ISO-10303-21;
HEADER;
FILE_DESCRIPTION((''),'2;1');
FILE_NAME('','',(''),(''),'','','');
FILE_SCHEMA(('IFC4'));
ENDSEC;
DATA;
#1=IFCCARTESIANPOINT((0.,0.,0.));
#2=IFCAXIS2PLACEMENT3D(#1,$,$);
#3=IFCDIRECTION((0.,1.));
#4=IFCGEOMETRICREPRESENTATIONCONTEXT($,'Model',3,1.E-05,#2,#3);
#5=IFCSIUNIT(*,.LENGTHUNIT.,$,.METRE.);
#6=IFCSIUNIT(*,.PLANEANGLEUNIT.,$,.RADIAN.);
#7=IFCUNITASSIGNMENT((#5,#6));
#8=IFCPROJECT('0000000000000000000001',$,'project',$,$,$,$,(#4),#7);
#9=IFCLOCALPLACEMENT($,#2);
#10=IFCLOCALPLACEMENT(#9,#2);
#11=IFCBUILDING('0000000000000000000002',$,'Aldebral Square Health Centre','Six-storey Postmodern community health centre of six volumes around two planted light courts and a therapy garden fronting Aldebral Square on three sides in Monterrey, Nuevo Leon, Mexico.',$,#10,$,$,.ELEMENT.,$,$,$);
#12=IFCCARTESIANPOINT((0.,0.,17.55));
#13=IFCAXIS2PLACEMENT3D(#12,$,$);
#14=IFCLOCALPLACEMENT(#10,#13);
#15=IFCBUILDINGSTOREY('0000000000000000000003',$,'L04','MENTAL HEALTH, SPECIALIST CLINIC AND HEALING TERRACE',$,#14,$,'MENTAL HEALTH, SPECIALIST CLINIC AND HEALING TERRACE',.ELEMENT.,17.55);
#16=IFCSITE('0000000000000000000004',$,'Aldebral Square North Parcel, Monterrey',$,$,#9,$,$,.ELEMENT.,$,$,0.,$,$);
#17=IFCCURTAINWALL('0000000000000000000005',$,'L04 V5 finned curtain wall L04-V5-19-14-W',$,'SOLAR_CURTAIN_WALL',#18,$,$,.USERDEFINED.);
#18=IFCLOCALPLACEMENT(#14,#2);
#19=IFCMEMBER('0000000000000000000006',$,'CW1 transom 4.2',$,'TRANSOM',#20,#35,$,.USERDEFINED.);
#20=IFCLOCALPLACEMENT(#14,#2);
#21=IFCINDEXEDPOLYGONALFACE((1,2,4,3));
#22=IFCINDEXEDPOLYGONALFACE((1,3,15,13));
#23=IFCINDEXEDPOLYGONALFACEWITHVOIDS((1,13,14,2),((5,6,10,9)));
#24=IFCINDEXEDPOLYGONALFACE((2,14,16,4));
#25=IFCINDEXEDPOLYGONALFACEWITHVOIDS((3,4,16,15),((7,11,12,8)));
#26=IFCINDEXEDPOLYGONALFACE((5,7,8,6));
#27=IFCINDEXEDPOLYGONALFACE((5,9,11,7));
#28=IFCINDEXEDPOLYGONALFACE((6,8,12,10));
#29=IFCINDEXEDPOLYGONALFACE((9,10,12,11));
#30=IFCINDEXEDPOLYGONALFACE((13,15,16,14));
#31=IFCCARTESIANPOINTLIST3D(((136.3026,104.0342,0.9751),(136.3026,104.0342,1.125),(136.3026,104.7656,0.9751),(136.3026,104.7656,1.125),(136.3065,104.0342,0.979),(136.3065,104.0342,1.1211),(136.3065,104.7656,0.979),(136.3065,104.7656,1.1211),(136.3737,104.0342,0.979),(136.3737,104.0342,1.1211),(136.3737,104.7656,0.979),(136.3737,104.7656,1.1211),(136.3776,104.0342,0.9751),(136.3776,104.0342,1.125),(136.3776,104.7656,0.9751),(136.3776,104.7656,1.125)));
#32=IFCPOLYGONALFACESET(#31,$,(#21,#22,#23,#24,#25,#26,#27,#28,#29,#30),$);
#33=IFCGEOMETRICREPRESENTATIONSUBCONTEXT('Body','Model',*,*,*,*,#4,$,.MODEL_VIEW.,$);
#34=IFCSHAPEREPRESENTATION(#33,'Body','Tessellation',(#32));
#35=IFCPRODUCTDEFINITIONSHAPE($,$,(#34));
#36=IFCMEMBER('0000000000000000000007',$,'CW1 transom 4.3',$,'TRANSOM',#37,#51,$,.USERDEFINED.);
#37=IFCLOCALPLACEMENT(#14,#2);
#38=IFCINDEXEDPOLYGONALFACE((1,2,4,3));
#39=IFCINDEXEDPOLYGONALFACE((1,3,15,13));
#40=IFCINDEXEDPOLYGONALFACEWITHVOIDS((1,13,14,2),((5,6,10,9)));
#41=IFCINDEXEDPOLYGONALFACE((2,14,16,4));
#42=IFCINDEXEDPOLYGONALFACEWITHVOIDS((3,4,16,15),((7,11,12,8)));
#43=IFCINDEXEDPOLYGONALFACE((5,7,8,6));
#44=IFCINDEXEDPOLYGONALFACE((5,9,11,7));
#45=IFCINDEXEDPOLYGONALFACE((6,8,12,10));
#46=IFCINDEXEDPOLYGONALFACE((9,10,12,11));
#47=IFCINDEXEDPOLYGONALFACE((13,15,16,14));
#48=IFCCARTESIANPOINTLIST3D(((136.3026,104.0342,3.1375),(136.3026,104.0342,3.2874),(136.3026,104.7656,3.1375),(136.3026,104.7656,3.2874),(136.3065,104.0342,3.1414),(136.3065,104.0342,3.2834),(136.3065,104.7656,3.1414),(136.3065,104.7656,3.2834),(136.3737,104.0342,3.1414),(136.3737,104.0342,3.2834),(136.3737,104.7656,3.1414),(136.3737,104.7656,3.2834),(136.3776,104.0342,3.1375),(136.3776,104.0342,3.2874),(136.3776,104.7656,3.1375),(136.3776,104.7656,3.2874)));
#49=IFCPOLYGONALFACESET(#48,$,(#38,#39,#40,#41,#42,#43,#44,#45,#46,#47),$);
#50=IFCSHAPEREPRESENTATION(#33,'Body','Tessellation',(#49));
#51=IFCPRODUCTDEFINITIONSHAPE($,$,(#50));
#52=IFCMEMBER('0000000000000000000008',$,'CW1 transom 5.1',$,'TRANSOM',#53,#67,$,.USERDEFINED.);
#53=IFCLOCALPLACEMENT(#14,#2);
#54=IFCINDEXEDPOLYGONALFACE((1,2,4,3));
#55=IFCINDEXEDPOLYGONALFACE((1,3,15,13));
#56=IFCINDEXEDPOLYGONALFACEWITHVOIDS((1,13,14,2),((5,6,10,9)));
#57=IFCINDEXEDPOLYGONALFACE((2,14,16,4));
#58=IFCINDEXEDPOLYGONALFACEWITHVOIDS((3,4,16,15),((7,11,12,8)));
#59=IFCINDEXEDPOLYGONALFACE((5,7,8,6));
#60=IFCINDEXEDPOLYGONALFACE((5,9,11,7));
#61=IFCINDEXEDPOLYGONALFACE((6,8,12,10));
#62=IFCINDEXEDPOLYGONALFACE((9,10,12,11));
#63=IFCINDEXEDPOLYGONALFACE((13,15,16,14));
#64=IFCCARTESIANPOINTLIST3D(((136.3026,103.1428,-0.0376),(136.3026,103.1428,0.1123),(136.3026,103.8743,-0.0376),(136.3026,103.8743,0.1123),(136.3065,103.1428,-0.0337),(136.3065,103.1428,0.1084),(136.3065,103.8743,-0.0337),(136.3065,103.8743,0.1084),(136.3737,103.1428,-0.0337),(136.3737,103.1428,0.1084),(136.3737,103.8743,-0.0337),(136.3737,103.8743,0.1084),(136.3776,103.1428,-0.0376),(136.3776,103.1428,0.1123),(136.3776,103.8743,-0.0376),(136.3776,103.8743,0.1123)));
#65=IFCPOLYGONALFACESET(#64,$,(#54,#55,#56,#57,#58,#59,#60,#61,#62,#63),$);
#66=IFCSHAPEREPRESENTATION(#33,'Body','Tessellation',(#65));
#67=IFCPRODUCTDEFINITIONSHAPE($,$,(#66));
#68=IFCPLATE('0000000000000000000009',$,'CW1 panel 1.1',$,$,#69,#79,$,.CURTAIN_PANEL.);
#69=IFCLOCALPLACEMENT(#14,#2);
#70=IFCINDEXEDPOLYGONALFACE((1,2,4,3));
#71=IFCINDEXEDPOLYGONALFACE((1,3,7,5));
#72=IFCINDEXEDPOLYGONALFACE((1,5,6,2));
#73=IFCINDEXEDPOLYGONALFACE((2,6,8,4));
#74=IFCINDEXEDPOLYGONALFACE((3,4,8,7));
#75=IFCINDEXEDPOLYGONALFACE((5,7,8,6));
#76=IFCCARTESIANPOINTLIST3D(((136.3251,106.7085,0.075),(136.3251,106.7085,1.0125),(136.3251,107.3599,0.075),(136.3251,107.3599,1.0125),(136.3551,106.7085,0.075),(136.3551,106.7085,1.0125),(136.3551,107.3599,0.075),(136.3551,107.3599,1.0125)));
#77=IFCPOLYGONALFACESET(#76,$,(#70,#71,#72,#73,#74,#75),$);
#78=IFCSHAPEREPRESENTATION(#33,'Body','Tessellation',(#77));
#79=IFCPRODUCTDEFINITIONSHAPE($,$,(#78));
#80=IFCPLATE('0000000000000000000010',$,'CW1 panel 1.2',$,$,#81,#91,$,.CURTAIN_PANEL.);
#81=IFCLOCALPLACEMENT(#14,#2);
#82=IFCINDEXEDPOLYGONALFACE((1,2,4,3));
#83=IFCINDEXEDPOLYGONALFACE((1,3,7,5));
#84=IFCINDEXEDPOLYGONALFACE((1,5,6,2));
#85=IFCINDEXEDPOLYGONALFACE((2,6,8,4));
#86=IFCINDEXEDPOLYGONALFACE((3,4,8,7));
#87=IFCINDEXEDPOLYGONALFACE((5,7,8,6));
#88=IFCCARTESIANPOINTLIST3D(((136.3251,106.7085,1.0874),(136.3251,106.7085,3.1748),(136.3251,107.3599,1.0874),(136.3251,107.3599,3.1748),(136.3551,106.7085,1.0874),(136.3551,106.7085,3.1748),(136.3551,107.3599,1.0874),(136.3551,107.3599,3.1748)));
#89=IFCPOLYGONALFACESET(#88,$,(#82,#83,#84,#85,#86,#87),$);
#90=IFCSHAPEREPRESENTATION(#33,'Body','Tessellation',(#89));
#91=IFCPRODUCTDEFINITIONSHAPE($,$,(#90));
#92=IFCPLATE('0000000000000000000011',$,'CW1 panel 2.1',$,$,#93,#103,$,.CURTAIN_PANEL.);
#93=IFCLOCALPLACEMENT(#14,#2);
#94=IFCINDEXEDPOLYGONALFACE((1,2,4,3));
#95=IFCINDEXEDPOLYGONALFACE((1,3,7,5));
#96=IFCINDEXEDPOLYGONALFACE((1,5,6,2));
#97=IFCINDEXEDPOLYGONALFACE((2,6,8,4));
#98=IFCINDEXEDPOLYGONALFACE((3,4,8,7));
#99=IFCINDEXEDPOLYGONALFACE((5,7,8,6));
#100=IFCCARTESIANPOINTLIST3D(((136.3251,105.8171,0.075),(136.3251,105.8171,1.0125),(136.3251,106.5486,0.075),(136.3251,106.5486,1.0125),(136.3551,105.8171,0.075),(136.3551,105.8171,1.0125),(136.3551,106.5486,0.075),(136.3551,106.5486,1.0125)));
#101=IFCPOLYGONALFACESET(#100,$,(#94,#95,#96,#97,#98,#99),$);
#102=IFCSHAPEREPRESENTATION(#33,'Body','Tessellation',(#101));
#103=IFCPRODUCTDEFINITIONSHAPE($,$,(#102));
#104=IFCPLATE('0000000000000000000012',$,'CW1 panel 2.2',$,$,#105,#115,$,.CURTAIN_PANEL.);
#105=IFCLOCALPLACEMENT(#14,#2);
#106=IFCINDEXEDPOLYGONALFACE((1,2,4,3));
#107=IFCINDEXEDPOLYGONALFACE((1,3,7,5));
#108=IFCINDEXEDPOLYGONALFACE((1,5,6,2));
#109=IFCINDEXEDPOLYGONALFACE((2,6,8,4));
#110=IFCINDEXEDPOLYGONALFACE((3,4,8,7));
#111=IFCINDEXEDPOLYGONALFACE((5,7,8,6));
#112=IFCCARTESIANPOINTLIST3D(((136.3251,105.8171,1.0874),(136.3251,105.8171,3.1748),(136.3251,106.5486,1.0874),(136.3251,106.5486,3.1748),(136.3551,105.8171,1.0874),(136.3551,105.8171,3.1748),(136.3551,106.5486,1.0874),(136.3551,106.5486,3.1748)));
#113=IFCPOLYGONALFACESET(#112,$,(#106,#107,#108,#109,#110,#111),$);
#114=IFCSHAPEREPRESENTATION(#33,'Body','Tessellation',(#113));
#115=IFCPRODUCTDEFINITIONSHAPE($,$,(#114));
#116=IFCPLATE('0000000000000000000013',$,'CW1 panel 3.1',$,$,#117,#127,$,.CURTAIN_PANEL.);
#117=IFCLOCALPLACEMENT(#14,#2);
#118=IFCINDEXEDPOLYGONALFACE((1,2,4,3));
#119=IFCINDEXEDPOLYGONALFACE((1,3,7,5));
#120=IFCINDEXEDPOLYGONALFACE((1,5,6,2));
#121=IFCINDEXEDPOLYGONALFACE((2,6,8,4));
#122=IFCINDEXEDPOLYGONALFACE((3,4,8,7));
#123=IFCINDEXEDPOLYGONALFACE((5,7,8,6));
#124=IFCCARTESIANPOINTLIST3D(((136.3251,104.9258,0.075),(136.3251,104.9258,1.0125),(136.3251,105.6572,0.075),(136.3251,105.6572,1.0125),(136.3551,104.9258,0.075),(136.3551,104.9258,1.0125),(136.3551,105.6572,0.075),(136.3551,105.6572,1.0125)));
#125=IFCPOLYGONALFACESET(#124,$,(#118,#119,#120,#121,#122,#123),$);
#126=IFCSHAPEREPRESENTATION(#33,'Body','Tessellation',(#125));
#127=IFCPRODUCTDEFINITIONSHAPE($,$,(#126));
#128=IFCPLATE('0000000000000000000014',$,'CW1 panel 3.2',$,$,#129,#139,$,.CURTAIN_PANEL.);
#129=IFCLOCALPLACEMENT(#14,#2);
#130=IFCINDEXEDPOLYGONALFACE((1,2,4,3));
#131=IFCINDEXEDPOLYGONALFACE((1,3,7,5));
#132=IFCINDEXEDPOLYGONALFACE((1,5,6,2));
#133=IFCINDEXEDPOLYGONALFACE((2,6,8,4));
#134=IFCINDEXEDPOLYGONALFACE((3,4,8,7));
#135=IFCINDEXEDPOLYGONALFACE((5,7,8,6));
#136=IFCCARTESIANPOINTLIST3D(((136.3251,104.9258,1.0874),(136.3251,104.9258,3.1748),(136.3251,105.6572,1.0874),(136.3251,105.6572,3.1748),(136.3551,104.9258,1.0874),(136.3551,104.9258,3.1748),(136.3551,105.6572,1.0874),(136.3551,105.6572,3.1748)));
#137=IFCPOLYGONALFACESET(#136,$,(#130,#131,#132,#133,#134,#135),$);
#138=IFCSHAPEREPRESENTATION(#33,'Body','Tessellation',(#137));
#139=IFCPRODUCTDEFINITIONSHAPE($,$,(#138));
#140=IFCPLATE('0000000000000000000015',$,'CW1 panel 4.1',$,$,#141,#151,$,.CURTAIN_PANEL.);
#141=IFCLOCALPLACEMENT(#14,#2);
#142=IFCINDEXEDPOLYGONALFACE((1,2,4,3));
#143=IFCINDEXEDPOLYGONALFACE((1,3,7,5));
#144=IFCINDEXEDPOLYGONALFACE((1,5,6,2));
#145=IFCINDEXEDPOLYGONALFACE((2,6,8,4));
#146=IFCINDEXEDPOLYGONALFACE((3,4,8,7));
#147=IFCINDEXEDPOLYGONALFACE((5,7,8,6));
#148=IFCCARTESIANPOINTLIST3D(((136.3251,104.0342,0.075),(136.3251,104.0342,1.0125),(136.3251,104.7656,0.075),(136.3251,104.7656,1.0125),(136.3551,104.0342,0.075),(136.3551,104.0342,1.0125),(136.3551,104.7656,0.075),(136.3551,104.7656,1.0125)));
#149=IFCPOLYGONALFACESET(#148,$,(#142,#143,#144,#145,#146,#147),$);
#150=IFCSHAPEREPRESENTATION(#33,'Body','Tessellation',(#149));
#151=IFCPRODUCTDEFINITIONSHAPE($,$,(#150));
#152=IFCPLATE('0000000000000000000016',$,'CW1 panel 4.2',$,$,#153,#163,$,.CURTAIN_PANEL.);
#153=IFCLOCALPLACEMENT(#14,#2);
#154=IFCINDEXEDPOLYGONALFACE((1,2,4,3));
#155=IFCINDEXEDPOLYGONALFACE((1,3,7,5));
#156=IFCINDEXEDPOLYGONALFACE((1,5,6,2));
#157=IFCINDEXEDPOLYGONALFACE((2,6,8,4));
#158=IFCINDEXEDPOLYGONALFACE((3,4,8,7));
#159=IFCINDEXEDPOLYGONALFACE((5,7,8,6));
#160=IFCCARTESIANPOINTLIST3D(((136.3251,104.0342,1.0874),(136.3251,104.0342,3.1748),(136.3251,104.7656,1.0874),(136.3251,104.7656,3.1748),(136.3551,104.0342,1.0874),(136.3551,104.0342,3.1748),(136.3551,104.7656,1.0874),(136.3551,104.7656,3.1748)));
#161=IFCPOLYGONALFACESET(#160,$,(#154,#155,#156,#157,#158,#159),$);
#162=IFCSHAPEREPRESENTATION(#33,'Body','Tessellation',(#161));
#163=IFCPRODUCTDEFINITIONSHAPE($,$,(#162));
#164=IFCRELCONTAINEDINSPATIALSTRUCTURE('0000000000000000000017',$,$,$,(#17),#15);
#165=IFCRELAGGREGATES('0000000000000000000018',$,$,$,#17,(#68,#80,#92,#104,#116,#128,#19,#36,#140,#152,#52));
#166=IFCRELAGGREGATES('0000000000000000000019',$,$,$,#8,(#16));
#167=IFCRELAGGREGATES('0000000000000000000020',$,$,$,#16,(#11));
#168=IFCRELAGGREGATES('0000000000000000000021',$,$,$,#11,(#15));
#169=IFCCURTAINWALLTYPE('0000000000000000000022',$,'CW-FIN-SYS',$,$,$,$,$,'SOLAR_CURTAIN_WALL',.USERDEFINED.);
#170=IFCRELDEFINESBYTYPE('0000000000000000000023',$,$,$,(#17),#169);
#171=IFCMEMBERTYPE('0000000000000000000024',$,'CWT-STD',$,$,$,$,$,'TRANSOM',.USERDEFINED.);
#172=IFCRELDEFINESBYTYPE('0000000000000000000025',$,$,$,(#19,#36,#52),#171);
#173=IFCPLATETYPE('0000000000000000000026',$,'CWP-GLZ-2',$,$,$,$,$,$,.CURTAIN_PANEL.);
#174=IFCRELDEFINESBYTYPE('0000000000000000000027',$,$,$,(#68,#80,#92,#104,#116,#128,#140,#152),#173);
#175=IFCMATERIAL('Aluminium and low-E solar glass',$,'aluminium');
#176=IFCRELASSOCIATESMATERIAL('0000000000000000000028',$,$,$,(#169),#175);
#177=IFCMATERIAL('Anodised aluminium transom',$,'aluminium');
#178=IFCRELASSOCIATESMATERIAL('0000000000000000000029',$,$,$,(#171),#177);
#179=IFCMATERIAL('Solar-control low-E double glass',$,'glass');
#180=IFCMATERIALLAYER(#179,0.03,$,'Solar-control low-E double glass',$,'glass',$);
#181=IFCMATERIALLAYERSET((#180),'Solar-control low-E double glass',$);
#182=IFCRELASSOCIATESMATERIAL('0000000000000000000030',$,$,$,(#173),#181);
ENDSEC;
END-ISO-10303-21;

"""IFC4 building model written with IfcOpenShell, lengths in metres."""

from ifc_helpers import new_model, si_unit, direction, frame, origin, origin_2d, place, context, subcontext, project, spatial, rectangle, hollow_rectangle, extrude, material, layer, layer_set, material_profile, profile_set, type_object, element, aggregate, save


model = new_model("IFC4")

# Units and contexts
model_context = context("Model", 3, precision=1e-05, world=origin(), true_north=direction((0.0, 1.0)))
body_context = subcontext(model_context, "Body", "Model", "MODEL_VIEW")
ifc_project = project(units=[si_unit("LENGTHUNIT", "METRE"), si_unit("PLANEANGLEUNIT", "RADIAN")], contexts=[model_context])

# Site, building, storey
site_placement = place(None, origin())
site = spatial("IfcSite", under=ifc_project, at=site_placement, Name="Aldebral Square North Parcel, Monterrey", CompositionType="ELEMENT", RefElevation=0.0)
building_placement = place(site_placement, origin())
building = spatial("IfcBuilding", under=site, at=building_placement, Name="Aldebral Square Health Centre", Description="Six-storey Postmodern community health centre of six volumes around two planted light courts and a therapy garden fronting Aldebral Square on three sides in Monterrey, Nuevo Leon, Mexico.", CompositionType="ELEMENT")
storey_placement = place(building_placement, frame((0.0, 0.0, 17.55)))
storey = spatial("IfcBuildingStorey", under=building, at=storey_placement, Name="L04", Description="MENTAL HEALTH, SPECIALIST CLINIC AND HEALING TERRACE", LongName="MENTAL HEALTH, SPECIALIST CLINIC AND HEALING TERRACE", CompositionType="ELEMENT", Elevation=17.55)

# Curtain wall, members, plates
ifc_material_1 = material(Name="Aluminium and low-E solar glass", Category="aluminium")
curtain_wall_type = type_object("IfcCurtainWallType", Name="CW-FIN-SYS", ElementType="SOLAR_CURTAIN_WALL", PredefinedType="USERDEFINED", material=ifc_material_1)
curtain_wall_placement = place(storey_placement, origin())
curtain_wall = element("IfcCurtainWall", 1, at=curtain_wall_placement, inside=storey, type_object=curtain_wall_type, Name="L04 V5 finned curtain wall L04-V5-19-14-W", ObjectType="SOLAR_CURTAIN_WALL", PredefinedType="USERDEFINED")
ifc_material_2 = material(Name="Anodised aluminium transom", Category="aluminium")
ifc_material_profile_1 = material_profile(ifc_material_2, hollow_rectangle(XDim=0.075, YDim=0.1499, WallThickness=0.0039, at=origin_2d()), Name="CWT 75x150x4")
ifc_profile_set_1 = profile_set([ifc_material_profile_1], Name="Anodised aluminium transom")
member_type_1 = type_object("IfcMemberType", Name="CWT-STD", ElementType="TRANSOM", PredefinedType="USERDEFINED", material=ifc_profile_set_1)
member_1_placement = place(storey_placement, frame((136.3401, 104.7656, 1.05), z_axis=(0.0, -1.0, 0.0), x_axis=(1.0, 0.0, 0.0)))
member_1 = element("IfcMember", 2, at=member_1_placement, type_object=member_type_1, Name="CW1 transom 4.2", ObjectType="TRANSOM", PredefinedType="USERDEFINED", context=body_context, shape_type="SweptSolid", body=[
    extrude(hollow_rectangle(XDim=0.075, YDim=0.1499, WallThickness=0.0039, at=origin_2d()), origin(), (0.0, 0.0, 1.0), 0.7314),
])
member_2_placement = place(storey_placement, frame((136.3401, 104.7656, 3.2124), z_axis=(0.0, -1.0, 0.0), x_axis=(1.0, 0.0, 0.0)))
member_2 = element("IfcMember", 3, at=member_2_placement, type_object=member_type_1, Name="CW1 transom 4.3", ObjectType="TRANSOM", PredefinedType="USERDEFINED", context=body_context, shape_type="SweptSolid", body=[
    extrude(hollow_rectangle(XDim=0.075, YDim=0.1499, WallThickness=0.0039, at=origin_2d()), origin(), (0.0, 0.0, 1.0), 0.7314),
])
member_3_placement = place(storey_placement, frame((136.3401, 103.8743, 0.0374), z_axis=(0.0, -1.0, 0.0), x_axis=(1.0, 0.0, 0.0)))
member_3 = element("IfcMember", 4, at=member_3_placement, type_object=member_type_1, Name="CW1 transom 5.1", ObjectType="TRANSOM", PredefinedType="USERDEFINED", context=body_context, shape_type="SweptSolid", body=[
    extrude(hollow_rectangle(XDim=0.075, YDim=0.1499, WallThickness=0.0039, at=origin_2d()), origin(), (0.0, 0.0, 1.0), 0.7314),
])
ifc_material_3 = material(Name="Solar-control low-E double glass", Category="glass")
ifc_layer = layer(ifc_material_3, 0.03, Name="Solar-control low-E double glass", Category="glass")
ifc_layer_set = layer_set([ifc_layer], Name="Solar-control low-E double glass")
plate_type = type_object("IfcPlateType", Name="CWP-GLZ-2", PredefinedType="CURTAIN_PANEL", material=ifc_layer_set)
plate_1_placement = place(storey_placement, frame((136.3401, 107.0342, 0.075), z_axis=(0.0, 0.0, 1.0), x_axis=(0.0, -1.0, 0.0)))
plate_1 = element("IfcPlate", 5, at=plate_1_placement, type_object=plate_type, Name="CW1 panel 1.1", PredefinedType="CURTAIN_PANEL", context=body_context, shape_type="SweptSolid", body=[
    extrude(rectangle(XDim=0.6514, YDim=0.03, at=origin_2d()), origin(), (0.0, 0.0, 1.0), 0.9375),
])
plate_2_placement = place(storey_placement, frame((136.3401, 107.0342, 1.0874), z_axis=(0.0, 0.0, 1.0), x_axis=(0.0, -1.0, 0.0)))
plate_2 = element("IfcPlate", 6, at=plate_2_placement, type_object=plate_type, Name="CW1 panel 1.2", PredefinedType="CURTAIN_PANEL", context=body_context, shape_type="SweptSolid", body=[
    extrude(rectangle(XDim=0.6514, YDim=0.03, at=origin_2d()), origin(), (0.0, 0.0, 1.0), 2.0874),
])
plate_3_placement = place(storey_placement, frame((136.3401, 106.1829, 0.075), z_axis=(0.0, 0.0, 1.0), x_axis=(0.0, -1.0, 0.0)))
plate_3 = element("IfcPlate", 7, at=plate_3_placement, type_object=plate_type, Name="CW1 panel 2.1", PredefinedType="CURTAIN_PANEL", context=body_context, shape_type="SweptSolid", body=[
    extrude(rectangle(XDim=0.7314, YDim=0.03, at=origin_2d()), origin(), (0.0, 0.0, 1.0), 0.9375),
])
plate_4_placement = place(storey_placement, frame((136.3401, 106.1829, 1.0874), z_axis=(0.0, 0.0, 1.0), x_axis=(0.0, -1.0, 0.0)))
plate_4 = element("IfcPlate", 8, at=plate_4_placement, type_object=plate_type, Name="CW1 panel 2.2", PredefinedType="CURTAIN_PANEL", context=body_context, shape_type="SweptSolid", body=[
    extrude(rectangle(XDim=0.7314, YDim=0.03, at=origin_2d()), origin(), (0.0, 0.0, 1.0), 2.0874),
])
plate_5_placement = place(storey_placement, frame((136.3401, 105.2915, 0.075), z_axis=(0.0, 0.0, 1.0), x_axis=(0.0, -1.0, 0.0)))
plate_5 = element("IfcPlate", 9, at=plate_5_placement, type_object=plate_type, Name="CW1 panel 3.1", PredefinedType="CURTAIN_PANEL", context=body_context, shape_type="SweptSolid", body=[
    extrude(rectangle(XDim=0.7314, YDim=0.03, at=origin_2d()), origin(), (0.0, 0.0, 1.0), 0.9375),
])
plate_6_placement = place(storey_placement, frame((136.3401, 105.2915, 1.0874), z_axis=(0.0, 0.0, 1.0), x_axis=(0.0, -1.0, 0.0)))
plate_6 = element("IfcPlate", 10, at=plate_6_placement, type_object=plate_type, Name="CW1 panel 3.2", PredefinedType="CURTAIN_PANEL", context=body_context, shape_type="SweptSolid", body=[
    extrude(rectangle(XDim=0.7314, YDim=0.03, at=origin_2d()), origin(), (0.0, 0.0, 1.0), 2.0874),
])
plate_7_placement = place(storey_placement, frame((136.3401, 104.3999, 0.075), z_axis=(0.0, 0.0, 1.0), x_axis=(0.0, -1.0, 0.0)))
plate_7 = element("IfcPlate", 11, at=plate_7_placement, type_object=plate_type, Name="CW1 panel 4.1", PredefinedType="CURTAIN_PANEL", context=body_context, shape_type="SweptSolid", body=[
    extrude(rectangle(XDim=0.7314, YDim=0.03, at=origin_2d()), origin(), (0.0, 0.0, 1.0), 0.9375),
])
plate_8_placement = place(storey_placement, frame((136.3401, 104.3999, 1.0874), z_axis=(0.0, 0.0, 1.0), x_axis=(0.0, -1.0, 0.0)))
plate_8 = element("IfcPlate", 12, at=plate_8_placement, type_object=plate_type, Name="CW1 panel 4.2", PredefinedType="CURTAIN_PANEL", context=body_context, shape_type="SweptSolid", body=[
    extrude(rectangle(XDim=0.7314, YDim=0.03, at=origin_2d()), origin(), (0.0, 0.0, 1.0), 2.0874),
])
aggregate(curtain_wall, [plate_1, plate_2, plate_3, plate_4, plate_5, plate_6, member_1, member_2, plate_7, plate_8, member_3])

save(model, "model.ifc")
